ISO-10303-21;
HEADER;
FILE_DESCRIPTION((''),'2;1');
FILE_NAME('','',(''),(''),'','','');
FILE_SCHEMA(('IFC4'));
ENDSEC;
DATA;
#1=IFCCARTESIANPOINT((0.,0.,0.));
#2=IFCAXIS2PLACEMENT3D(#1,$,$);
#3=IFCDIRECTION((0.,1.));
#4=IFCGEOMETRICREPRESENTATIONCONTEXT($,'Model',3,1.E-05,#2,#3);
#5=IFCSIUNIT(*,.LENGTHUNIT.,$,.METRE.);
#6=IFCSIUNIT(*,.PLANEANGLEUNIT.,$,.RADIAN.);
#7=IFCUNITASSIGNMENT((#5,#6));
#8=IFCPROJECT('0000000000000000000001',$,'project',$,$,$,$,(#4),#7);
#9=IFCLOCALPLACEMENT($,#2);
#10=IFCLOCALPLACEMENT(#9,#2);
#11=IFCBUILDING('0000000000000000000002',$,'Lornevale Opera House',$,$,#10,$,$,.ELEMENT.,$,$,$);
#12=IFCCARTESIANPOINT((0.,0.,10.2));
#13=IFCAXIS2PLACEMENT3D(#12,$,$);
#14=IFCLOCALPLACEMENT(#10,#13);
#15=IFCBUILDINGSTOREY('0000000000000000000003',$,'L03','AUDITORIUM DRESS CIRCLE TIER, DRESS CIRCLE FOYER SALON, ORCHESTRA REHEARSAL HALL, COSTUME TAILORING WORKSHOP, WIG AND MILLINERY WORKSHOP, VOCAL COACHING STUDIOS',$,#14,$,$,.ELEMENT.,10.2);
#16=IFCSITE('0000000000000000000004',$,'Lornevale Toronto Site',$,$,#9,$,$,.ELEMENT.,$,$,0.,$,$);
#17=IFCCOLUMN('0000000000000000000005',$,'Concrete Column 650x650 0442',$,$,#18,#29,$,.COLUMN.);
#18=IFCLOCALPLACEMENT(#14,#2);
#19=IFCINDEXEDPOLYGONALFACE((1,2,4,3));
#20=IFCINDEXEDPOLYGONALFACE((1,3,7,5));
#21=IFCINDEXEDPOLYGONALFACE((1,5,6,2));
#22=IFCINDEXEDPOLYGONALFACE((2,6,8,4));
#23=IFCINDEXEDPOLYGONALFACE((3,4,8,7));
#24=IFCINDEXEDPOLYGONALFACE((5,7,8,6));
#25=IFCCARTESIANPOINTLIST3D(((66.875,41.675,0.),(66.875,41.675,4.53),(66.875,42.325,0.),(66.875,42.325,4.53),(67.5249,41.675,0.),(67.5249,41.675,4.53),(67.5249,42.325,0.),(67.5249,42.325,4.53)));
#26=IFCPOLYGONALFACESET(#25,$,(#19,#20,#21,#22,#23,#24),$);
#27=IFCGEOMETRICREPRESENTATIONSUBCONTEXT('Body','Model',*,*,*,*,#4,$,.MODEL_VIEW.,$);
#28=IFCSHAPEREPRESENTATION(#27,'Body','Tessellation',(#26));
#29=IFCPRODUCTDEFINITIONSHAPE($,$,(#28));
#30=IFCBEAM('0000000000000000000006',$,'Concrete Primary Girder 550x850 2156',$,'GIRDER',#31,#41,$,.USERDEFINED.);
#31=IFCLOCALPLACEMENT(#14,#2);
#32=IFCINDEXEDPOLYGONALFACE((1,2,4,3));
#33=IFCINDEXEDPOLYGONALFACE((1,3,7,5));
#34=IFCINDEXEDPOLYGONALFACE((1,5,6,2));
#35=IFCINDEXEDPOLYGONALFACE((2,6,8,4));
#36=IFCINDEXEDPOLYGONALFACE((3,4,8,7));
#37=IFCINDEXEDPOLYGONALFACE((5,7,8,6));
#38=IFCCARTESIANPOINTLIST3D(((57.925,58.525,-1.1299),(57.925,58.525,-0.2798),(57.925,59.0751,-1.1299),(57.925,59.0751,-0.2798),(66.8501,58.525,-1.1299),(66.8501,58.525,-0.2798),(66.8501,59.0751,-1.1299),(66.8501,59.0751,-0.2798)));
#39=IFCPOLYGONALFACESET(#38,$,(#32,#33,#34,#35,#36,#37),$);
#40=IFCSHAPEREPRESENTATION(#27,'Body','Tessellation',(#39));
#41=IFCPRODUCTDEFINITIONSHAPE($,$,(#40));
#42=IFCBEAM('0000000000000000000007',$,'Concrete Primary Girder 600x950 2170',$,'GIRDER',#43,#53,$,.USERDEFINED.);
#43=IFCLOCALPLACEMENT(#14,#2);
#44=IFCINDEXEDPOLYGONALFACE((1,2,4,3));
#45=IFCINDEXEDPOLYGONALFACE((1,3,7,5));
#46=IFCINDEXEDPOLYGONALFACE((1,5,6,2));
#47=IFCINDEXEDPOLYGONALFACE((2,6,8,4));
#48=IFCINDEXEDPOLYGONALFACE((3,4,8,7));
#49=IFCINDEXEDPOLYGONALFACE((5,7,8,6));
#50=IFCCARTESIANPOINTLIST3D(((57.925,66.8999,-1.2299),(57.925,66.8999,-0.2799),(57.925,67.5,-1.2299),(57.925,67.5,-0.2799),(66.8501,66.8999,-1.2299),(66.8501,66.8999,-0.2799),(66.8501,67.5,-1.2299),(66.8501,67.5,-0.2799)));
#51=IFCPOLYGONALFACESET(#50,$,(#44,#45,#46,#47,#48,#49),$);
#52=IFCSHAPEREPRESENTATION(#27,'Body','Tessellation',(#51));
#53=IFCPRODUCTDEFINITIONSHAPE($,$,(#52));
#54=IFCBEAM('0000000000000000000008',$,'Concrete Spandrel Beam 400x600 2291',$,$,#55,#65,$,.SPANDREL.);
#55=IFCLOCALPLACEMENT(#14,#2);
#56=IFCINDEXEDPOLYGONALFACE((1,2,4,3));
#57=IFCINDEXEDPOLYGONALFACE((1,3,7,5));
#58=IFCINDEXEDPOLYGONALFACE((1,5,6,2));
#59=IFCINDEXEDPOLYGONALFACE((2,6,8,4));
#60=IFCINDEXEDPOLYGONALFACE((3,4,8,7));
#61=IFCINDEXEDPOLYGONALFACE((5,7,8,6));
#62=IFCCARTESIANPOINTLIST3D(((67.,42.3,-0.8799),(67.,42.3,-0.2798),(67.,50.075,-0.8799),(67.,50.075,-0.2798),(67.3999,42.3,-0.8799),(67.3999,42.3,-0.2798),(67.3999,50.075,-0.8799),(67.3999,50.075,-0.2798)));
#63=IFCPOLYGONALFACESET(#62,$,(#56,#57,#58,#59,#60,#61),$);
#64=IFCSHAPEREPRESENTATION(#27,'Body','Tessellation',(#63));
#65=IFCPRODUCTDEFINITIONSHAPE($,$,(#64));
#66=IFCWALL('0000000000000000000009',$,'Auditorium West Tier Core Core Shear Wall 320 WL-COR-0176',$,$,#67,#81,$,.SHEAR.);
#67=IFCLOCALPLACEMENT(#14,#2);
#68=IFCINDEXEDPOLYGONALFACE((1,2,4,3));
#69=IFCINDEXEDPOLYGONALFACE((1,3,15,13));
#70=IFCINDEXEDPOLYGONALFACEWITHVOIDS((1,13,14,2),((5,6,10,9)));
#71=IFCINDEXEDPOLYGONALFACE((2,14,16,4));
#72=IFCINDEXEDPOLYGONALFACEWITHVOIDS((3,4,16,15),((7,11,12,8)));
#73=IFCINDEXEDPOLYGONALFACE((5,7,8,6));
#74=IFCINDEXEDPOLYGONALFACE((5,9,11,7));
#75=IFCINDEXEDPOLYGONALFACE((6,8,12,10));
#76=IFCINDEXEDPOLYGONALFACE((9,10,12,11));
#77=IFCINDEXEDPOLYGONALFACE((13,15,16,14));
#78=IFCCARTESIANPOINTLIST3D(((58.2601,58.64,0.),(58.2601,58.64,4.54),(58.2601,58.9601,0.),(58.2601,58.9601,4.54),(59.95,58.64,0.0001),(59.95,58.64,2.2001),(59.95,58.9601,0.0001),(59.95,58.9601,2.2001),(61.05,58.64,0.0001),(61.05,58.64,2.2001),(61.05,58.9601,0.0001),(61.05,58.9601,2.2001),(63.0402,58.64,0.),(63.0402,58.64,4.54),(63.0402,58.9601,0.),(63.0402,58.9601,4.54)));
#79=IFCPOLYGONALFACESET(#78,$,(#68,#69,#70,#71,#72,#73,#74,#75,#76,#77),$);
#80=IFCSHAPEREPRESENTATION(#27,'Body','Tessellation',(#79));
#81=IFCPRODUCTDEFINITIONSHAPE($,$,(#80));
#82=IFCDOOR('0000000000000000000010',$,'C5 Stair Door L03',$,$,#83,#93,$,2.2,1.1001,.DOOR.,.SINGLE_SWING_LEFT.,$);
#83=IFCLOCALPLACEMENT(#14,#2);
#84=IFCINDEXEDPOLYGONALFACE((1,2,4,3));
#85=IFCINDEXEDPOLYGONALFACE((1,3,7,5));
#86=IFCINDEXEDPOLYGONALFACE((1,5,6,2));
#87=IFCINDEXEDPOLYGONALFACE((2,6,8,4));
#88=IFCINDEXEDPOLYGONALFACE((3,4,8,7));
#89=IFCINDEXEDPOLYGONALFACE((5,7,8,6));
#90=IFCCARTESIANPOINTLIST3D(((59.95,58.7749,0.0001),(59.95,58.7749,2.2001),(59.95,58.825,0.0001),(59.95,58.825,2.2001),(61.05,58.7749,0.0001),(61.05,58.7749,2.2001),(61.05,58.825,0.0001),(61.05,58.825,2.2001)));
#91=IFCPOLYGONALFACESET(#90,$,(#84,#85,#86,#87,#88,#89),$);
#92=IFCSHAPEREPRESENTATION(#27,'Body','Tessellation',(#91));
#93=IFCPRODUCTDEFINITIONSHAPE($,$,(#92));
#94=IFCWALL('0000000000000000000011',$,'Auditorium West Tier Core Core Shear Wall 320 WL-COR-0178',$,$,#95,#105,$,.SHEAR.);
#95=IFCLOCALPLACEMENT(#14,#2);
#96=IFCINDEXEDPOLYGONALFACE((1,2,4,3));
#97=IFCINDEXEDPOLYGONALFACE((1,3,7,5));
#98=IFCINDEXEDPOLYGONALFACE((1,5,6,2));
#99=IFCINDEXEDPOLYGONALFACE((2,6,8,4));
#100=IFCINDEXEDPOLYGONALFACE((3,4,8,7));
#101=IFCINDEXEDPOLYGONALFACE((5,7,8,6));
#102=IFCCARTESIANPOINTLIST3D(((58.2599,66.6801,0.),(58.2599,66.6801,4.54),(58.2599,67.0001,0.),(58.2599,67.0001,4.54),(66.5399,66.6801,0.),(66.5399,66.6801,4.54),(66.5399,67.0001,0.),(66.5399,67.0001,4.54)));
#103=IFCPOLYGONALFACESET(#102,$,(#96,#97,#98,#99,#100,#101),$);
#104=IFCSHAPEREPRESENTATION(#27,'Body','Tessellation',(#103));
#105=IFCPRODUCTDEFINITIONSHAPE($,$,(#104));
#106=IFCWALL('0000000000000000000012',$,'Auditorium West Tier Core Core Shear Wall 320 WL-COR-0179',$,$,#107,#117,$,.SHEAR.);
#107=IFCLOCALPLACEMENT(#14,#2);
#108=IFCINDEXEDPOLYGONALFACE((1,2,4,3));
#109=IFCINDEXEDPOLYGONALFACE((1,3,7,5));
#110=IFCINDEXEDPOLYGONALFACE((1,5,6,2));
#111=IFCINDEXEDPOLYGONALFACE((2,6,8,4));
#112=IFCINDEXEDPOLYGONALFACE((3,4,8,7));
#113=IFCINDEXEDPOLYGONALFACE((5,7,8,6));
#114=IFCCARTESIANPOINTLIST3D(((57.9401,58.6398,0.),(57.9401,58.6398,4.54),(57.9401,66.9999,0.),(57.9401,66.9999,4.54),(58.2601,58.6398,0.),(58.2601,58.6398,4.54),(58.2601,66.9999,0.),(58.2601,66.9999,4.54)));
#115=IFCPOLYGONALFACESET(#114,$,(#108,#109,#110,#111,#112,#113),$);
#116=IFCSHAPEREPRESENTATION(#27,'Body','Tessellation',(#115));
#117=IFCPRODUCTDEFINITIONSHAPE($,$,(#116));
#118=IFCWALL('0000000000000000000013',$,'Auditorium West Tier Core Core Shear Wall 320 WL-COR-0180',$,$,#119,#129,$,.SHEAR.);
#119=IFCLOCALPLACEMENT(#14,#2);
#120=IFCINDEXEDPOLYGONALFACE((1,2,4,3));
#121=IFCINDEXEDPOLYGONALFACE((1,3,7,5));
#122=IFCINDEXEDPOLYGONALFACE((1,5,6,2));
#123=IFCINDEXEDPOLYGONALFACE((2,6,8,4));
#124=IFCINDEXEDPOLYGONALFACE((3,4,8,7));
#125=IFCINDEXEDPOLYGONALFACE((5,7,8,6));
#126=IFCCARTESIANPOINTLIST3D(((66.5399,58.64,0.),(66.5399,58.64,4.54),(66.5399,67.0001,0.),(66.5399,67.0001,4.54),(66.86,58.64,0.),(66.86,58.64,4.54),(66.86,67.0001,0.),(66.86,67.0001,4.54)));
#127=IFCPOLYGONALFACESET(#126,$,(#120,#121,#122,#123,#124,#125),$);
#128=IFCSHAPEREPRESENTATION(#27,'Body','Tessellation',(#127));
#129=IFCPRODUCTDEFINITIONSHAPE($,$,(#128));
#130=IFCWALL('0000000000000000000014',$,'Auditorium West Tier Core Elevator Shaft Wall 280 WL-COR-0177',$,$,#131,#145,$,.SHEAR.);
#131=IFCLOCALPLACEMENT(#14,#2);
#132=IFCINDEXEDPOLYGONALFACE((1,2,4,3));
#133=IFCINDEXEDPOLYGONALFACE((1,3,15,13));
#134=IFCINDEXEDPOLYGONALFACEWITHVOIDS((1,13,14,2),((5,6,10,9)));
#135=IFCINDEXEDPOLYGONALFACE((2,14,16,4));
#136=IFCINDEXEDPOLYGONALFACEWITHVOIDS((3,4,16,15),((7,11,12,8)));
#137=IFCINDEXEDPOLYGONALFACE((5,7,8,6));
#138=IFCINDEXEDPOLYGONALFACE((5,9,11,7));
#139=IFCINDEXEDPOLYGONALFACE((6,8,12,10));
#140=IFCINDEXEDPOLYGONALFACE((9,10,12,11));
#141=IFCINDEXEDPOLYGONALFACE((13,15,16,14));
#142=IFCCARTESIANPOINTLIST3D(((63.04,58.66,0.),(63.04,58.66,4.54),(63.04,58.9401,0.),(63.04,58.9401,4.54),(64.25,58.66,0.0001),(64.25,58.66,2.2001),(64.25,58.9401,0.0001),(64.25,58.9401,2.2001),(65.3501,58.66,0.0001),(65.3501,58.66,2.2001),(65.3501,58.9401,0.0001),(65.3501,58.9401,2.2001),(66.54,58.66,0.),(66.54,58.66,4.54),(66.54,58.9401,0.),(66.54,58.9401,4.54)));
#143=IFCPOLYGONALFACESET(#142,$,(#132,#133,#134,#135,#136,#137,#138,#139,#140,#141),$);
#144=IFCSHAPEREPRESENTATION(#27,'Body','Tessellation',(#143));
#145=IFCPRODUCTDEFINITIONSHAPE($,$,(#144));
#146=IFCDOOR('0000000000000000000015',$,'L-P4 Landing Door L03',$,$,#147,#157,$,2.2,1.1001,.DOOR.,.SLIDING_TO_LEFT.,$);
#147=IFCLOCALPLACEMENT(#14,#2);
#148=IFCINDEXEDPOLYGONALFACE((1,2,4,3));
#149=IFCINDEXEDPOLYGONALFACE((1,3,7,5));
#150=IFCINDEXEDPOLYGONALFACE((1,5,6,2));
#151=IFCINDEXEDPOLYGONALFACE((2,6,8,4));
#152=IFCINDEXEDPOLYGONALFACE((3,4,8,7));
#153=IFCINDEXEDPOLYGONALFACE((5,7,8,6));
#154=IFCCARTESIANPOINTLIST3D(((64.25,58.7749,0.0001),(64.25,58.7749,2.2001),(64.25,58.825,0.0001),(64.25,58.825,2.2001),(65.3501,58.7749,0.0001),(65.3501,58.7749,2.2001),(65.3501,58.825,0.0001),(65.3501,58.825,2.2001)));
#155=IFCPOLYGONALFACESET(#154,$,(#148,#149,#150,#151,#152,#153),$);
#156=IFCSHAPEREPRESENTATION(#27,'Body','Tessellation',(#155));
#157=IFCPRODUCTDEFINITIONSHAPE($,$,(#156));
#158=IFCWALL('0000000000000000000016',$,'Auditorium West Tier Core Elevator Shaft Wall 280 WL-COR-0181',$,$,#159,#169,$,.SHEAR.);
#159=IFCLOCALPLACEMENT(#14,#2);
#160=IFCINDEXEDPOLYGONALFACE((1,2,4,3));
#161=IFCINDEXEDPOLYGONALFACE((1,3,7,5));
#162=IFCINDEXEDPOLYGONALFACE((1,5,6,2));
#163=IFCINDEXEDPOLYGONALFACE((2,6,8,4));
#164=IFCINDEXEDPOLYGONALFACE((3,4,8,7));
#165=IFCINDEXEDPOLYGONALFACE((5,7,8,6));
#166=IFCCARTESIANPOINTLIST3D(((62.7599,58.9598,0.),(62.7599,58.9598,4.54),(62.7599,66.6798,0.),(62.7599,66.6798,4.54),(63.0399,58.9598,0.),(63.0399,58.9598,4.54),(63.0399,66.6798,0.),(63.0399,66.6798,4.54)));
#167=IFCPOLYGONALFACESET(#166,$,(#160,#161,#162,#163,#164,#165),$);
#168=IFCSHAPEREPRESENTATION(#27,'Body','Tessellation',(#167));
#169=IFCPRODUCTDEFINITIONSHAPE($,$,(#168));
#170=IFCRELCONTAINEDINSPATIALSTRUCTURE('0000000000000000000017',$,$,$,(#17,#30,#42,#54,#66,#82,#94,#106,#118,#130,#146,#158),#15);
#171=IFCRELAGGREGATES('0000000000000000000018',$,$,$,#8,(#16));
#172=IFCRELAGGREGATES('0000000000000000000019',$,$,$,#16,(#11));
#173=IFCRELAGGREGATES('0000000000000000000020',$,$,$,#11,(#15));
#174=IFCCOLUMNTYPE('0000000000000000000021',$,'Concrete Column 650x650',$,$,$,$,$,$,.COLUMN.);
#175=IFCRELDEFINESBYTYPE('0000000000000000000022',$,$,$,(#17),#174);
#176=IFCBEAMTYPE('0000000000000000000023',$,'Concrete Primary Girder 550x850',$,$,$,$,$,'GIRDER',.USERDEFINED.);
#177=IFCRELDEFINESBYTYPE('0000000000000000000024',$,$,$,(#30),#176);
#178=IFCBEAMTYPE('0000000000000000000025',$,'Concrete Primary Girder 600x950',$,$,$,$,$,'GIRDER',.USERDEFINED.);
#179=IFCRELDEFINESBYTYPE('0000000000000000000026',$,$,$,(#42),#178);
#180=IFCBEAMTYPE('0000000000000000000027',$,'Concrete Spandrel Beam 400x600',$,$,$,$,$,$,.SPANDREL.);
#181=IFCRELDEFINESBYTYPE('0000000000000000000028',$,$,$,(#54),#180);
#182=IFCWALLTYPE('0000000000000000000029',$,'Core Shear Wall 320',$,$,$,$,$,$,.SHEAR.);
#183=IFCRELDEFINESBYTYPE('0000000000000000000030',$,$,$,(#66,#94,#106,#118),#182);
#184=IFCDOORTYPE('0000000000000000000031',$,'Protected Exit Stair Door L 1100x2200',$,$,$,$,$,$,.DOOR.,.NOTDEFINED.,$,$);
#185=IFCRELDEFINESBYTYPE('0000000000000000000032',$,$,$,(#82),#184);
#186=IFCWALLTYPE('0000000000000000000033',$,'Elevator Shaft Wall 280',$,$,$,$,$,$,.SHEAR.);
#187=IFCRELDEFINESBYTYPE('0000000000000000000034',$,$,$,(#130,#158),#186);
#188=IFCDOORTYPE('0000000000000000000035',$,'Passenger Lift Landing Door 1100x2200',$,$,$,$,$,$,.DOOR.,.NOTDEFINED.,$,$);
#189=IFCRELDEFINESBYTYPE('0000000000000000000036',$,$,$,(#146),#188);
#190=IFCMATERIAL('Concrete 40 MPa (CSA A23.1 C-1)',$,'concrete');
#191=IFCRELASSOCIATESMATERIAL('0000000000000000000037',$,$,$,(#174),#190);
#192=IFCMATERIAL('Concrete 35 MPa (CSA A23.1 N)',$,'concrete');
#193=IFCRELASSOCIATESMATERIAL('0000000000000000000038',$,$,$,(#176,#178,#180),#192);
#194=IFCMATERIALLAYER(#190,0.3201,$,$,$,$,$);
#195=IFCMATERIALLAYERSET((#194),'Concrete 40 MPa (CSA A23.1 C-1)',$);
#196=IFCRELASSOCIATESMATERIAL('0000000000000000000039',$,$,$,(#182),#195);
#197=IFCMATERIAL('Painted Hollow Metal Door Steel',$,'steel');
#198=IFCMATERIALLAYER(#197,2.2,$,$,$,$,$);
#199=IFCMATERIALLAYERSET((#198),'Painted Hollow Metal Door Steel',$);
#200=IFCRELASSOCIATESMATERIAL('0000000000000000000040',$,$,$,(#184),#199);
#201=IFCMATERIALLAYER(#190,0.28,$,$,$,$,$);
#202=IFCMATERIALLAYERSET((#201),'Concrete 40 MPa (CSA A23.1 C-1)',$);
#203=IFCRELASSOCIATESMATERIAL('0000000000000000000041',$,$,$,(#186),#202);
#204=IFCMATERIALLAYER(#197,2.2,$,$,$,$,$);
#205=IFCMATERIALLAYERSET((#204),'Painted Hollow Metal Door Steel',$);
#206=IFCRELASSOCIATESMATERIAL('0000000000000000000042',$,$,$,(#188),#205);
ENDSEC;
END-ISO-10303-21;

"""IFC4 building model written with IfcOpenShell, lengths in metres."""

from ifc_helpers import new_model, si_unit, direction, frame, frame_2d, origin, origin_2d, place, context, subcontext, project, spatial, rectangle, extrude, material, layer, layer_set, material_profile, profile_set, type_object, element, fill, save


model = new_model("IFC4")

# Units and contexts
model_context = context("Model", 3, precision=1e-05, world=origin(), true_north=direction((0.0, 1.0)))
body_context = subcontext(model_context, "Body", "Model", "MODEL_VIEW")
ifc_project = project(units=[si_unit("LENGTHUNIT", "METRE"), si_unit("PLANEANGLEUNIT", "RADIAN")], contexts=[model_context])

# Site, building, storey
site_placement = place(None, origin())
site = spatial("IfcSite", under=ifc_project, at=site_placement, Name="Lornevale Toronto Site", CompositionType="ELEMENT", RefElevation=0.0)
building_placement = place(site_placement, origin())
building = spatial("IfcBuilding", under=site, at=building_placement, Name="Lornevale Opera House", CompositionType="ELEMENT")
storey_placement = place(building_placement, frame((0.0, 0.0, 10.2)))
storey = spatial("IfcBuildingStorey", under=building, at=storey_placement, Name="L03", Description="AUDITORIUM DRESS CIRCLE TIER, DRESS CIRCLE FOYER SALON, ORCHESTRA REHEARSAL HALL, COSTUME TAILORING WORKSHOP, WIG AND MILLINERY WORKSHOP, VOCAL COACHING STUDIOS", CompositionType="ELEMENT", Elevation=10.2)

# Column
ifc_material_1 = material(Name="Concrete 40 MPa (CSA A23.1 C-1)", Category="concrete")
ifc_material_profile_1 = material_profile(ifc_material_1, rectangle(XDim=0.6499, YDim=0.6499, at=origin_2d()), Name="RC650x650")
ifc_profile_set_1 = profile_set([ifc_material_profile_1], Name="Concrete 40 MPa (CSA A23.1 C-1)")
column_type = type_object("IfcColumnType", Name="Concrete Column 650x650", PredefinedType="COLUMN", material=ifc_profile_set_1)
column_placement = place(storey_placement, frame((67.2, 42.0, 0.0), z_axis=(0.0, 0.0, 1.0), x_axis=(1.0, 0.0, 0.0)))
element("IfcColumn", 1, at=column_placement, inside=storey, type_object=column_type, Name="Concrete Column 650x650 0442", PredefinedType="COLUMN", context=body_context, shape_type="SweptSolid", body=[
    extrude(rectangle(XDim=0.6499, YDim=0.6499, at=origin_2d()), origin(), (0.0, 0.0, 1.0), 4.53),
])

# Beams
ifc_material_2 = material(Name="Concrete 35 MPa (CSA A23.1 N)", Category="concrete")
ifc_material_profile_2 = material_profile(ifc_material_2, rectangle(XDim=0.55, YDim=0.8501, at=origin_2d()), Name="RC550x850")
ifc_profile_set_2 = profile_set([ifc_material_profile_2], Name="Concrete 35 MPa (CSA A23.1 N)")
beam_type_1 = type_object("IfcBeamType", Name="Concrete Primary Girder 550x850", ElementType="GIRDER", PredefinedType="USERDEFINED", material=ifc_profile_set_2)
beam_1_placement = place(storey_placement, frame((57.925, 58.8, -0.7048), z_axis=(1.0, 0.0, 0.0), x_axis=(0.0, 1.0, 0.0)))
element("IfcBeam", 2, at=beam_1_placement, inside=storey, type_object=beam_type_1, Name="Concrete Primary Girder 550x850 2156", ObjectType="GIRDER", PredefinedType="USERDEFINED", context=body_context, shape_type="SweptSolid", body=[
    extrude(rectangle(XDim=0.55, YDim=0.8501, at=origin_2d()), origin(), (0.0, 0.0, 1.0), 8.925),
])
ifc_material_profile_3 = material_profile(ifc_material_2, rectangle(XDim=0.6001, YDim=0.95, at=origin_2d()), Name="RC600x950")
ifc_profile_set_3 = profile_set([ifc_material_profile_3], Name="Concrete 35 MPa (CSA A23.1 N)")
beam_type_2 = type_object("IfcBeamType", Name="Concrete Primary Girder 600x950", ElementType="GIRDER", PredefinedType="USERDEFINED", material=ifc_profile_set_3)
beam_2_placement = place(storey_placement, frame((57.925, 67.2, -0.7549), z_axis=(1.0, 0.0, 0.0), x_axis=(0.0, 1.0, 0.0)))
element("IfcBeam", 3, at=beam_2_placement, inside=storey, type_object=beam_type_2, Name="Concrete Primary Girder 600x950 2170", ObjectType="GIRDER", PredefinedType="USERDEFINED", context=body_context, shape_type="SweptSolid", body=[
    extrude(rectangle(XDim=0.6001, YDim=0.95, at=origin_2d()), origin(), (0.0, 0.0, 1.0), 8.925),
])
ifc_material_profile_4 = material_profile(ifc_material_2, rectangle(XDim=0.3999, YDim=0.6001, at=origin_2d()), Name="RC400x600")
ifc_profile_set_4 = profile_set([ifc_material_profile_4], Name="Concrete 35 MPa (CSA A23.1 N)")
beam_type_3 = type_object("IfcBeamType", Name="Concrete Spandrel Beam 400x600", PredefinedType="SPANDREL", material=ifc_profile_set_4)
beam_3_placement = place(storey_placement, frame((67.2, 42.3, -0.5798), z_axis=(0.0, 1.0, 0.0), x_axis=(-1.0, 0.0, 0.0)))
element("IfcBeam", 4, at=beam_3_placement, inside=storey, type_object=beam_type_3, Name="Concrete Spandrel Beam 400x600 2291", PredefinedType="SPANDREL", context=body_context, shape_type="SweptSolid", body=[
    extrude(rectangle(XDim=0.3999, YDim=0.6001, at=origin_2d()), origin(), (0.0, 0.0, 1.0), 7.7749),
])

# Wall, opening, door
ifc_layer_1 = layer(ifc_material_1, 0.3201)
ifc_layer_set_1 = layer_set([ifc_layer_1], Name="Concrete 40 MPa (CSA A23.1 C-1)")
wall_type_1 = type_object("IfcWallType", Name="Core Shear Wall 320", PredefinedType="SHEAR", material=ifc_layer_set_1)
wall_1_placement = place(storey_placement, frame((58.26, 58.8, 0.0), z_axis=(0.0, 0.0, 1.0), x_axis=(1.0, 0.0, 0.0)))
wall_1 = element("IfcWall", 5, at=wall_1_placement, inside=storey, type_object=wall_type_1, Name="Auditorium West Tier Core Core Shear Wall 320 WL-COR-0176", PredefinedType="SHEAR", context=body_context, shape_type="SweptSolid", body=[
    extrude(rectangle(XDim=4.78, YDim=0.3201, at=frame_2d((2.3901, 0.0))), origin(), (0.0, 0.0, 1.0), 4.54),
])
opening_1_placement = place(wall_1_placement, frame((1.6899, 0.0, 0.0)))
opening_1 = element("IfcOpeningElement", 6, at=opening_1_placement, cuts=wall_1, PredefinedType="OPENING", context=body_context, shape_type="SweptSolid", body=[
    extrude(rectangle(XDim=1.1001, YDim=2.2, at=frame_2d((0.55, 1.1001))), frame((0.0, 0.1699, 0.0), z_axis=(0.0, -1.0, 0.0), x_axis=(1.0, 0.0, 0.0)), (0.0, 0.0, 1.0), 0.3401),
])
ifc_material_3 = material(Name="Painted Hollow Metal Door Steel", Category="steel")
ifc_layer_2 = layer(ifc_material_3, 2.2)
ifc_layer_set_2 = layer_set([ifc_layer_2], Name="Painted Hollow Metal Door Steel")
door_type_1 = type_object("IfcDoorType", Name="Protected Exit Stair Door L 1100x2200", OperationType="NOTDEFINED", PredefinedType="DOOR", material=ifc_layer_set_2)
door_1_placement = place(opening_1_placement, origin())
door_1 = element("IfcDoor", 7, at=door_1_placement, inside=storey, type_object=door_type_1, Name="C5 Stair Door L03", OperationType="SINGLE_SWING_LEFT", OverallHeight=2.2, OverallWidth=1.1001, PredefinedType="DOOR", context=body_context, shape_type="SweptSolid", body=[
    extrude(rectangle(XDim=1.1001, YDim=2.2, at=frame_2d((0.55, 1.1001))), frame((0.0, 0.0249, 0.0), z_axis=(0.0, -1.0, 0.0), x_axis=(1.0, 0.0, 0.0)), (0.0, 0.0, 1.0), 0.05),
])
fill(opening_1, door_1)

# Walls
wall_2_placement = place(storey_placement, frame((66.54, 66.8401, 0.0), z_axis=(0.0, 0.0, 1.0), x_axis=(-1.0, 0.0, 0.0)))
element("IfcWall", 8, at=wall_2_placement, inside=storey, type_object=wall_type_1, Name="Auditorium West Tier Core Core Shear Wall 320 WL-COR-0178", PredefinedType="SHEAR", context=body_context, shape_type="SweptSolid", body=[
    extrude(rectangle(XDim=8.28, YDim=0.3201, at=frame_2d((4.1401, 0.0))), origin(), (0.0, 0.0, 1.0), 4.54),
])
for number, where, z_axis, x_axis, name in (
    (9, (58.1001, 67.0, 0.0), (0.0, 0.0, 1.0), (0.0, -1.0, 0.0), "Auditorium West Tier Core Core Shear Wall 320 WL-COR-0179"),
    (10, (66.7, 58.6399, 0.0), (0.0, 0.0, 1.0), (0.0, 1.0, 0.0), "Auditorium West Tier Core Core Shear Wall 320 WL-COR-0180"),
):
    element("IfcWall", number, at=place(storey_placement, frame(where, z_axis=z_axis, x_axis=x_axis)), inside=storey, type_object=wall_type_1, Name=name, PredefinedType="SHEAR", context=body_context, shape_type="SweptSolid", body=[
        extrude(rectangle(XDim=8.3601, YDim=0.3201, at=frame_2d((4.1802, 0.0))), origin(), (0.0, 0.0, 1.0), 4.54),
    ])

# Wall, opening, door
ifc_layer_3 = layer(ifc_material_1, 0.28)
ifc_layer_set_3 = layer_set([ifc_layer_3], Name="Concrete 40 MPa (CSA A23.1 C-1)")
wall_type_2 = type_object("IfcWallType", Name="Elevator Shaft Wall 280", PredefinedType="SHEAR", material=ifc_layer_set_3)
wall_3_placement = place(storey_placement, frame((63.04, 58.8, 0.0), z_axis=(0.0, 0.0, 1.0), x_axis=(1.0, 0.0, 0.0)))
wall_3 = element("IfcWall", 11, at=wall_3_placement, inside=storey, type_object=wall_type_2, Name="Auditorium West Tier Core Elevator Shaft Wall 280 WL-COR-0177", PredefinedType="SHEAR", context=body_context, shape_type="SweptSolid", body=[
    extrude(rectangle(XDim=3.5, YDim=0.28, at=frame_2d((1.75, 0.0))), origin(), (0.0, 0.0, 1.0), 4.54),
])
opening_2_placement = place(wall_3_placement, frame((1.21, 0.0, 0.0)))
opening_2 = element("IfcOpeningElement", 12, at=opening_2_placement, cuts=wall_3, PredefinedType="OPENING", context=body_context, shape_type="SweptSolid", body=[
    extrude(rectangle(XDim=1.1001, YDim=2.2, at=frame_2d((0.55, 1.1001))), frame((0.0, 0.1499, 0.0), z_axis=(0.0, -1.0, 0.0), x_axis=(1.0, 0.0, 0.0)), (0.0, 0.0, 1.0), 0.3),
])
ifc_layer_4 = layer(ifc_material_3, 2.2)
ifc_layer_set_4 = layer_set([ifc_layer_4], Name="Painted Hollow Metal Door Steel")
door_type_2 = type_object("IfcDoorType", Name="Passenger Lift Landing Door 1100x2200", OperationType="NOTDEFINED", PredefinedType="DOOR", material=ifc_layer_set_4)
door_2_placement = place(opening_2_placement, origin())
door_2 = element("IfcDoor", 13, at=door_2_placement, inside=storey, type_object=door_type_2, Name="L-P4 Landing Door L03", OperationType="SLIDING_TO_LEFT", OverallHeight=2.2, OverallWidth=1.1001, PredefinedType="DOOR", context=body_context, shape_type="SweptSolid", body=[
    extrude(rectangle(XDim=1.1001, YDim=2.2, at=frame_2d((0.55, 1.1001))), frame((0.0, 0.0249, 0.0), z_axis=(0.0, -1.0, 0.0), x_axis=(1.0, 0.0, 0.0)), (0.0, 0.0, 1.0), 0.05),
])
fill(opening_2, door_2)

# Wall
wall_4_placement = place(storey_placement, frame((62.8999, 58.96, 0.0), z_axis=(0.0, 0.0, 1.0), x_axis=(0.0, 1.0, 0.0)))
element("IfcWall", 14, at=wall_4_placement, inside=storey, type_object=wall_type_2, Name="Auditorium West Tier Core Elevator Shaft Wall 280 WL-COR-0181", PredefinedType="SHEAR", context=body_context, shape_type="SweptSolid", body=[
    extrude(rectangle(XDim=7.72, YDim=0.28, at=frame_2d((3.8599, 0.0))), origin(), (0.0, 0.0, 1.0), 4.54),
])

save(model, "model.ifc")
